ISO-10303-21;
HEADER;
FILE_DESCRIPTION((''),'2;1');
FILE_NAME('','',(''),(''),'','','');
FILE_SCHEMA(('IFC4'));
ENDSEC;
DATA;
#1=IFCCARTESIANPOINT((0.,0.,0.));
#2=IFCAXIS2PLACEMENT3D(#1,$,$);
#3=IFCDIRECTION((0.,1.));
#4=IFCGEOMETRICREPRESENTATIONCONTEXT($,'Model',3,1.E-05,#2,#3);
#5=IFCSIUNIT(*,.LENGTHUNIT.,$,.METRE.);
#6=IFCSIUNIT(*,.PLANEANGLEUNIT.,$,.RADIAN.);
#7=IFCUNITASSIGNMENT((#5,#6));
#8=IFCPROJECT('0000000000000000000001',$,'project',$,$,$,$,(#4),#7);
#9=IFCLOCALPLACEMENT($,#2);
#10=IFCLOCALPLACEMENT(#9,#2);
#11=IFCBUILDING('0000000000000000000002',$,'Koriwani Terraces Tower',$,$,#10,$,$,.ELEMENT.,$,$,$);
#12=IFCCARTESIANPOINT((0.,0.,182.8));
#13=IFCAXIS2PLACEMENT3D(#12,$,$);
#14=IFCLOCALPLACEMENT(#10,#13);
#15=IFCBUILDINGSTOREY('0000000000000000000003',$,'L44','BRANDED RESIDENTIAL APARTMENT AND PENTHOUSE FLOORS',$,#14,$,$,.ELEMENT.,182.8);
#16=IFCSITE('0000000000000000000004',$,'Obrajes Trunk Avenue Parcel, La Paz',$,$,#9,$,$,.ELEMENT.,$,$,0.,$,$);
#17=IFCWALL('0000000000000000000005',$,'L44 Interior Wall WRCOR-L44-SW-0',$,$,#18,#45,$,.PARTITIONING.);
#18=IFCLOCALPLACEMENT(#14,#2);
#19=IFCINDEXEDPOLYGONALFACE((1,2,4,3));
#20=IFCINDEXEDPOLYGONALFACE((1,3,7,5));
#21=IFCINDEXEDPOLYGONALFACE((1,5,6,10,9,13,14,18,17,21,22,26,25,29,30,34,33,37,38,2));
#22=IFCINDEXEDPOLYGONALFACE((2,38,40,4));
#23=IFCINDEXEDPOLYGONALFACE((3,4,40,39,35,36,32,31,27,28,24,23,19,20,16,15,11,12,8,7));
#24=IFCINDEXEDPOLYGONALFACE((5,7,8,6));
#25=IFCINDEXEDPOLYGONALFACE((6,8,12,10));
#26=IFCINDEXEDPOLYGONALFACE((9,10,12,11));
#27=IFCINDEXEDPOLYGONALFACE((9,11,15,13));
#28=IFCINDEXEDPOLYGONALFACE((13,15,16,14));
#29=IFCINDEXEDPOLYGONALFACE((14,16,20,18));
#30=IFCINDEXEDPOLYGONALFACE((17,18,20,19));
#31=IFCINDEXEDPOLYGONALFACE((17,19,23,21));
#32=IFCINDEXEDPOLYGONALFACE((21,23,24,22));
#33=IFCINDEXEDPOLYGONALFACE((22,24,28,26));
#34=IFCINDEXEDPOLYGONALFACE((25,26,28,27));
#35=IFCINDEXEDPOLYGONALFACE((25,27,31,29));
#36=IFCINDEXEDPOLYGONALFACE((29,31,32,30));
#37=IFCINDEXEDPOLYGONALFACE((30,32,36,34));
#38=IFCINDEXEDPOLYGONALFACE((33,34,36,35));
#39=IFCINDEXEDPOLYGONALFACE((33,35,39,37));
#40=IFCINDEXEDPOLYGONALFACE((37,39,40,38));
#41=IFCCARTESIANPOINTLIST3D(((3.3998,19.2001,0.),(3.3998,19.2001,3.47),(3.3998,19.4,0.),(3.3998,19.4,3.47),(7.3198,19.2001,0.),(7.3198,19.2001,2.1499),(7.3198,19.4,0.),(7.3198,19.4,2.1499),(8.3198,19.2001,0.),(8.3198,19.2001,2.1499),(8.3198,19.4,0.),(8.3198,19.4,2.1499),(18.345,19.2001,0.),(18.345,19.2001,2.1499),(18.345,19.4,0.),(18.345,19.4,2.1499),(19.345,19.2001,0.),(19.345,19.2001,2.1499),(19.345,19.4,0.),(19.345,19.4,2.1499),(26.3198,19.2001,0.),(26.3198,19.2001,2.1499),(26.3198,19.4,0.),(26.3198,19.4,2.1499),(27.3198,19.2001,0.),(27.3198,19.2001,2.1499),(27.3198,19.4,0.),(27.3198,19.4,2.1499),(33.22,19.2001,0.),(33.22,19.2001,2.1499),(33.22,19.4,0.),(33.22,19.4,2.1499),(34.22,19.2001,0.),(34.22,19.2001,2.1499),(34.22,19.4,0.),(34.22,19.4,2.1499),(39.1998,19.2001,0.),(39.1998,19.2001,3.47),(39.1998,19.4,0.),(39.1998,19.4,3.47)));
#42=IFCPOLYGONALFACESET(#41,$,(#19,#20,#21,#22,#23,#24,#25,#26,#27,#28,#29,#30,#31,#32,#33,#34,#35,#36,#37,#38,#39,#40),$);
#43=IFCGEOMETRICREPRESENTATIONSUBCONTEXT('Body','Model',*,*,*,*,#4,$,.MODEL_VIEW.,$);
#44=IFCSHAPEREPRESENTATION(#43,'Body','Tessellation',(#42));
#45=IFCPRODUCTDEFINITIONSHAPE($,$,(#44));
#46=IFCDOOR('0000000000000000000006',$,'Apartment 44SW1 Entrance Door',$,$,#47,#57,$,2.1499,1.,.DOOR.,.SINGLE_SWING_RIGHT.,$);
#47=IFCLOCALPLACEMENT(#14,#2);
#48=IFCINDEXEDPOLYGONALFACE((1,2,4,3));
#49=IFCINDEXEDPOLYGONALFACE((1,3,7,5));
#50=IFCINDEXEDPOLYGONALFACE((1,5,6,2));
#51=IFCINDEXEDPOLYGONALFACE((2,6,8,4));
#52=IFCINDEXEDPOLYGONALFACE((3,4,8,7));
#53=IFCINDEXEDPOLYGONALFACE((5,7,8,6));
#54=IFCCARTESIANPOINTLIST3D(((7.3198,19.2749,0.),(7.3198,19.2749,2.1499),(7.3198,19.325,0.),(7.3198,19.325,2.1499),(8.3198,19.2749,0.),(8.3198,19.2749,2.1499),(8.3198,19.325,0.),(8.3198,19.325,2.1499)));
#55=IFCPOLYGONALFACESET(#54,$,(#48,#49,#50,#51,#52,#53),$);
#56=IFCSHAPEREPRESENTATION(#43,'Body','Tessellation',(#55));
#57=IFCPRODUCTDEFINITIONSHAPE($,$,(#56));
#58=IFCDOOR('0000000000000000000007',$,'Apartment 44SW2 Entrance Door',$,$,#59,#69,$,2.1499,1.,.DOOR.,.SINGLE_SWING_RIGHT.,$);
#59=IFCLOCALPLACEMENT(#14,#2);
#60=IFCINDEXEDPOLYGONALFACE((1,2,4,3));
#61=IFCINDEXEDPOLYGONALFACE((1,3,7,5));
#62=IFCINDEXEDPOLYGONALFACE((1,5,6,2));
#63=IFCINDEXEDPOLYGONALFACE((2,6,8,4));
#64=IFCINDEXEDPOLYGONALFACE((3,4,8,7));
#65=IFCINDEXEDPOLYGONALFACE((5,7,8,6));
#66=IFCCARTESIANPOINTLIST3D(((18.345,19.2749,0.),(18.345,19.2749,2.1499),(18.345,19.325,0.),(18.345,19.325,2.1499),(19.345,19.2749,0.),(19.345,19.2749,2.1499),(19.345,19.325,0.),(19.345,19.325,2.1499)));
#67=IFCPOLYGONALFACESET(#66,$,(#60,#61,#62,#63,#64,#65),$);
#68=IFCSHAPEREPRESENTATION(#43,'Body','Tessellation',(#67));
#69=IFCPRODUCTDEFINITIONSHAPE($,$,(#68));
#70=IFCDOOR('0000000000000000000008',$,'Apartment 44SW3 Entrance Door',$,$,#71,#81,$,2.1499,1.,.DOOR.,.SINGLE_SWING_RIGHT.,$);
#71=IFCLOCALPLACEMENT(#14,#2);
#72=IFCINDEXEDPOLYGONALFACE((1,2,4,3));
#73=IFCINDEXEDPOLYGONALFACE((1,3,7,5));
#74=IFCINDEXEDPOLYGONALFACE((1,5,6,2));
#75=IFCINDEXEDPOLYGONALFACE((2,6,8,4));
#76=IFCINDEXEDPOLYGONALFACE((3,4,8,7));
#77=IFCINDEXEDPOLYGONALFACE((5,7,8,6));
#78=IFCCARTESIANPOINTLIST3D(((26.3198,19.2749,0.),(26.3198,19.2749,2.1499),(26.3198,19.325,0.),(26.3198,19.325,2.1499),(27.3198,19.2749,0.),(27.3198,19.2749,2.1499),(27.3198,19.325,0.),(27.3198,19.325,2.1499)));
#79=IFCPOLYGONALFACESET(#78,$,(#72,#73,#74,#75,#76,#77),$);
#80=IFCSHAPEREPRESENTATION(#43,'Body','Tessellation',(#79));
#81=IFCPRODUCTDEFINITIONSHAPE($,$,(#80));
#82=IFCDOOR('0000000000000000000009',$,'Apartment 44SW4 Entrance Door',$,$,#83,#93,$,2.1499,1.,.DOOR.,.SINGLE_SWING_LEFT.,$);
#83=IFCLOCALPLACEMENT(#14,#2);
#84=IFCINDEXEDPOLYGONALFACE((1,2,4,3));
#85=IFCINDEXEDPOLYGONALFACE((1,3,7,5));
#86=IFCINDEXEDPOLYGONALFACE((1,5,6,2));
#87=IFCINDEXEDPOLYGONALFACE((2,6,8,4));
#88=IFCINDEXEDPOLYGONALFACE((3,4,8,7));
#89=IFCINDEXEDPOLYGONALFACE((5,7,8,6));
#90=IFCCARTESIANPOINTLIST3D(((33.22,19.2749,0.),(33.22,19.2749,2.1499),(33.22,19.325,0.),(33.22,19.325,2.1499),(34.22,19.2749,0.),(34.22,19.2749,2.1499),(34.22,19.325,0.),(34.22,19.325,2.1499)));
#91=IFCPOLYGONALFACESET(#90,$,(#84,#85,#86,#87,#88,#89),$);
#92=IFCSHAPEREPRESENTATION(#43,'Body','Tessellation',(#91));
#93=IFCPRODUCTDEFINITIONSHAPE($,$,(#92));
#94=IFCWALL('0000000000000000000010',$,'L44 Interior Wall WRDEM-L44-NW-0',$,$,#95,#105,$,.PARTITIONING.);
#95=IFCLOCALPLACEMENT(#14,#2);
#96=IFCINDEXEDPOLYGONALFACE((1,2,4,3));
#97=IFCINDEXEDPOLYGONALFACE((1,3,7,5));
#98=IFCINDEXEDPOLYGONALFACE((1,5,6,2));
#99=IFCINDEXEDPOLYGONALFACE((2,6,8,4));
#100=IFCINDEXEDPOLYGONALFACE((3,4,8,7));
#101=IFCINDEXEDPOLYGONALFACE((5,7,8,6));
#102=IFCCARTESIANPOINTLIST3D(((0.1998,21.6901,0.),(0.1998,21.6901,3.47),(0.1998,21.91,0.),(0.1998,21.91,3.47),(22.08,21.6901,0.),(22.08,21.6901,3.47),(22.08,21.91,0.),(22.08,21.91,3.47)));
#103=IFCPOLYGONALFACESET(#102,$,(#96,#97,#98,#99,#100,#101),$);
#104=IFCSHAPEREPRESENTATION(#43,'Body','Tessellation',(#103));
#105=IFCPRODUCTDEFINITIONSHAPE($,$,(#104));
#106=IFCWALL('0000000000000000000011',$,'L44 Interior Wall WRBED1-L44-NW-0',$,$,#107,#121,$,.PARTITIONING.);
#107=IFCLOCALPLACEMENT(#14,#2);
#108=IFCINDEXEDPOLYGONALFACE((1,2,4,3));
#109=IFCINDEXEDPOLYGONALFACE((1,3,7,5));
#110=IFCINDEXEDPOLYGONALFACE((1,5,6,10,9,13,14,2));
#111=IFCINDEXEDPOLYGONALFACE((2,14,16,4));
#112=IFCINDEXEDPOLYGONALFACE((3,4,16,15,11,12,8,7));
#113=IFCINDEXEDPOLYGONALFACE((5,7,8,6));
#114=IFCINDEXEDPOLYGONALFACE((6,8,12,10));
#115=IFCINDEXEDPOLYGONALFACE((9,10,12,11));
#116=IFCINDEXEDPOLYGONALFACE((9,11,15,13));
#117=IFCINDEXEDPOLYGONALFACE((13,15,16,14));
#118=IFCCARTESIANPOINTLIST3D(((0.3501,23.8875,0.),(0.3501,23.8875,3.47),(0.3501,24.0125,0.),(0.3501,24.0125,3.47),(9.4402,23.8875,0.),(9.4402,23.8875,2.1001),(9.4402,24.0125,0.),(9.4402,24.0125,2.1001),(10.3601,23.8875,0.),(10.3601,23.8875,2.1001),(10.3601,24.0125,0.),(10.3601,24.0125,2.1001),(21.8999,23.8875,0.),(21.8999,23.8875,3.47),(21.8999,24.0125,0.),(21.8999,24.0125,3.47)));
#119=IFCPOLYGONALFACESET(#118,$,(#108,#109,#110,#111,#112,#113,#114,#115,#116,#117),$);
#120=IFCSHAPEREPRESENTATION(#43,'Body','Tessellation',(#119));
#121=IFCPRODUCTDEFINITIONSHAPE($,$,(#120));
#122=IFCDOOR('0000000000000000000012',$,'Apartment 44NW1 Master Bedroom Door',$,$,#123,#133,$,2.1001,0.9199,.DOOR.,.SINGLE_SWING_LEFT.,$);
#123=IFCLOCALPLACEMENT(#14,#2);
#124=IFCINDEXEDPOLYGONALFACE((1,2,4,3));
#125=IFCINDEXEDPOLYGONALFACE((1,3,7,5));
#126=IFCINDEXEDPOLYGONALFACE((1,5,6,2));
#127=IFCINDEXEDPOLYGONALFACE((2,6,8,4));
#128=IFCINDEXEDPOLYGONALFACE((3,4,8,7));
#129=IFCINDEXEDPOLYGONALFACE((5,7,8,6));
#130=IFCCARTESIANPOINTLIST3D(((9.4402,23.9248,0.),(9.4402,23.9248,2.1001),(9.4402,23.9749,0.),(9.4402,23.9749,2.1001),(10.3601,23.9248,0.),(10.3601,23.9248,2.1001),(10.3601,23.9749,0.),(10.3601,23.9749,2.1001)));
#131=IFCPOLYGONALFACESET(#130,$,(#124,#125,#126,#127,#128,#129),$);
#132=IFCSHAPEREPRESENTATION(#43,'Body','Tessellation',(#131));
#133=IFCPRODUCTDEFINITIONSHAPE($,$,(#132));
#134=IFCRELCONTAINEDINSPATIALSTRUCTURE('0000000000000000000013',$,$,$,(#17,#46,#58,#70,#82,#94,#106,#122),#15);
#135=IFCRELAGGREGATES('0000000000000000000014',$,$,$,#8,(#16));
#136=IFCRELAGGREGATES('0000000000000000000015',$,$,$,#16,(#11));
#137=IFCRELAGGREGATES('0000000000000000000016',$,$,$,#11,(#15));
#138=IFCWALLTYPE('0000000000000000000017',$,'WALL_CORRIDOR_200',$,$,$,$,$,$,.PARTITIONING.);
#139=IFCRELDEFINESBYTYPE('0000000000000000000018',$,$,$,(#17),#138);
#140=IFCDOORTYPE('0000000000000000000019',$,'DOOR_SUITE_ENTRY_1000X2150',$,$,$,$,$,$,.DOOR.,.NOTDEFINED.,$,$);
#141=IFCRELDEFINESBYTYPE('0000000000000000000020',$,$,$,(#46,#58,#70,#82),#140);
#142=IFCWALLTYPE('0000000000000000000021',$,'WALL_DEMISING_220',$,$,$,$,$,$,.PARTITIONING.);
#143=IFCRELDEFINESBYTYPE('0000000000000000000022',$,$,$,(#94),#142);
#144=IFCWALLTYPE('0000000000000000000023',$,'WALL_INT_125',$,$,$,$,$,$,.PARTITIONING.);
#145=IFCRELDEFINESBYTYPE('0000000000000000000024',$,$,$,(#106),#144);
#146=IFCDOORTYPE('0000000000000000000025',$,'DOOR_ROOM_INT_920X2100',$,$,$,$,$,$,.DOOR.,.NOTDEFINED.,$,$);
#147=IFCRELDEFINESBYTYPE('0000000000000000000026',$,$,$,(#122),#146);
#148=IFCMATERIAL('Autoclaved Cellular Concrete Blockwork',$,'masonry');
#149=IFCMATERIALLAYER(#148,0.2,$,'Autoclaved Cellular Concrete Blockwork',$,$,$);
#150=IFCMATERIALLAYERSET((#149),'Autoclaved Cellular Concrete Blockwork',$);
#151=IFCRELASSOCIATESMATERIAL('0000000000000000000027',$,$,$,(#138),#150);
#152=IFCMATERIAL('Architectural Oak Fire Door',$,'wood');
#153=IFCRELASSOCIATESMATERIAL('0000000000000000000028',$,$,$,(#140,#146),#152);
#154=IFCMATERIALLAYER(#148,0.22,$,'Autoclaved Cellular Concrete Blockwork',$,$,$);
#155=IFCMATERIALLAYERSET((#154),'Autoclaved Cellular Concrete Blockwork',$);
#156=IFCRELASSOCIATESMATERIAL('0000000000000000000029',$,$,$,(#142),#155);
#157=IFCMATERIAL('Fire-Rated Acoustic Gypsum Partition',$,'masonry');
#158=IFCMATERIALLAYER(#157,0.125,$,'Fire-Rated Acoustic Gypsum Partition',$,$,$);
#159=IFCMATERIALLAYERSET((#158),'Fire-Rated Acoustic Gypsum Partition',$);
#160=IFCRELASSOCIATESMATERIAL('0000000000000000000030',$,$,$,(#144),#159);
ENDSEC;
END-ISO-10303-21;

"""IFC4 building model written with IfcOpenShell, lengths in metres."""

from ifc_helpers import new_model, si_unit, direction, frame, frame_2d, origin, place, context, subcontext, project, spatial, rectangle, extrude, material, layer, layer_set, type_object, element, fill, save


model = new_model("IFC4")

# Units and contexts
model_context = context("Model", 3, precision=1e-05, world=origin(), true_north=direction((0.0, 1.0)))
body_context = subcontext(model_context, "Body", "Model", "MODEL_VIEW")
ifc_project = project(units=[si_unit("LENGTHUNIT", "METRE"), si_unit("PLANEANGLEUNIT", "RADIAN")], contexts=[model_context])

# Site, building, storey
site_placement = place(None, origin())
site = spatial("IfcSite", under=ifc_project, at=site_placement, Name="Obrajes Trunk Avenue Parcel, La Paz", CompositionType="ELEMENT", RefElevation=0.0)
building_placement = place(site_placement, origin())
building = spatial("IfcBuilding", under=site, at=building_placement, Name="Koriwani Terraces Tower", CompositionType="ELEMENT")
storey_placement = place(building_placement, frame((0.0, 0.0, 182.8)))
storey = spatial("IfcBuildingStorey", under=building, at=storey_placement, Name="L44", Description="BRANDED RESIDENTIAL APARTMENT AND PENTHOUSE FLOORS", CompositionType="ELEMENT", Elevation=182.8)

# Wall, openings, doors
ifc_material_1 = material(Name="Autoclaved Cellular Concrete Blockwork", Category="masonry")
ifc_layer_1 = layer(ifc_material_1, 0.2, Name="Autoclaved Cellular Concrete Blockwork")
ifc_layer_set_1 = layer_set([ifc_layer_1], Name="Autoclaved Cellular Concrete Blockwork")
wall_type_1 = type_object("IfcWallType", Name="WALL_CORRIDOR_200", PredefinedType="PARTITIONING", material=ifc_layer_set_1)
wall_1_placement = place(storey_placement, frame((3.3999, 19.3, 0.0), z_axis=(0.0, 0.0, 1.0), x_axis=(1.0, 0.0, 0.0)))
wall_1 = element("IfcWall", 1, at=wall_1_placement, inside=storey, type_object=wall_type_1, Name="L44 Interior Wall WRCOR-L44-SW-0", PredefinedType="PARTITIONING", context=body_context, shape_type="SweptSolid", body=[
    extrude(rectangle(XDim=35.8, YDim=0.2, at=frame_2d((17.8999, 0.0))), origin(), (0.0, 0.0, 1.0), 3.47),
])
opening_1_placement = place(wall_1_placement, frame((3.9199, 0.0, 0.0)))
opening_1 = element("IfcOpeningElement", 2, at=opening_1_placement, cuts=wall_1, PredefinedType="OPENING", context=body_context, shape_type="SweptSolid", body=[
    extrude(rectangle(XDim=1.0, YDim=2.1499, at=frame_2d((0.5, 1.075))), frame((0.0, 0.1099, 0.0), z_axis=(0.0, -1.0, 0.0), x_axis=(1.0, 0.0, 0.0)), (0.0, 0.0, 1.0), 0.22),
])
opening_2_placement = place(wall_1_placement, frame((14.9451, 0.0, 0.0)))
opening_2 = element("IfcOpeningElement", 3, at=opening_2_placement, cuts=wall_1, PredefinedType="OPENING", context=body_context, shape_type="SweptSolid", body=[
    extrude(rectangle(XDim=1.0, YDim=2.1499, at=frame_2d((0.5, 1.075))), frame((0.0, 0.1099, 0.0), z_axis=(0.0, -1.0, 0.0), x_axis=(1.0, 0.0, 0.0)), (0.0, 0.0, 1.0), 0.22),
])
opening_3_placement = place(wall_1_placement, frame((22.9199, 0.0, 0.0)))
opening_3 = element("IfcOpeningElement", 4, at=opening_3_placement, cuts=wall_1, PredefinedType="OPENING", context=body_context, shape_type="SweptSolid", body=[
    extrude(rectangle(XDim=1.0, YDim=2.1499, at=frame_2d((0.5, 1.075))), frame((0.0, 0.1099, 0.0), z_axis=(0.0, -1.0, 0.0), x_axis=(1.0, 0.0, 0.0)), (0.0, 0.0, 1.0), 0.22),
])
opening_4_placement = place(wall_1_placement, frame((29.8201, 0.0, 0.0)))
opening_4 = element("IfcOpeningElement", 5, at=opening_4_placement, cuts=wall_1, PredefinedType="OPENING", context=body_context, shape_type="SweptSolid", body=[
    extrude(rectangle(XDim=1.0, YDim=2.1499, at=frame_2d((0.5, 1.075))), frame((0.0, 0.1099, 0.0), z_axis=(0.0, -1.0, 0.0), x_axis=(1.0, 0.0, 0.0)), (0.0, 0.0, 1.0), 0.22),
])
ifc_material_2 = material(Name="Architectural Oak Fire Door", Category="wood")
door_type_1 = type_object("IfcDoorType", Name="DOOR_SUITE_ENTRY_1000X2150", OperationType="NOTDEFINED", PredefinedType="DOOR", material=ifc_material_2)
door_1_placement = place(opening_1_placement, origin())
door_1 = element("IfcDoor", 6, at=door_1_placement, inside=storey, type_object=door_type_1, Name="Apartment 44SW1 Entrance Door", OperationType="SINGLE_SWING_RIGHT", OverallHeight=2.1499, OverallWidth=1.0, PredefinedType="DOOR", context=body_context, shape_type="SweptSolid", body=[
    extrude(rectangle(XDim=1.0, YDim=2.1499, at=frame_2d((0.5, 1.075))), frame((0.0, 0.0249, 0.0), z_axis=(0.0, -1.0, 0.0), x_axis=(1.0, 0.0, 0.0)), (0.0, 0.0, 1.0), 0.05),
])
fill(opening_1, door_1)
door_2_placement = place(opening_2_placement, origin())
door_2 = element("IfcDoor", 7, at=door_2_placement, inside=storey, type_object=door_type_1, Name="Apartment 44SW2 Entrance Door", OperationType="SINGLE_SWING_RIGHT", OverallHeight=2.1499, OverallWidth=1.0, PredefinedType="DOOR", context=body_context, shape_type="SweptSolid", body=[
    extrude(rectangle(XDim=1.0, YDim=2.1499, at=frame_2d((0.5, 1.075))), frame((0.0, 0.0249, 0.0), z_axis=(0.0, -1.0, 0.0), x_axis=(1.0, 0.0, 0.0)), (0.0, 0.0, 1.0), 0.05),
])
fill(opening_2, door_2)
door_3_placement = place(opening_3_placement, origin())
door_3 = element("IfcDoor", 8, at=door_3_placement, inside=storey, type_object=door_type_1, Name="Apartment 44SW3 Entrance Door", OperationType="SINGLE_SWING_RIGHT", OverallHeight=2.1499, OverallWidth=1.0, PredefinedType="DOOR", context=body_context, shape_type="SweptSolid", body=[
    extrude(rectangle(XDim=1.0, YDim=2.1499, at=frame_2d((0.5, 1.075))), frame((0.0, 0.0249, 0.0), z_axis=(0.0, -1.0, 0.0), x_axis=(1.0, 0.0, 0.0)), (0.0, 0.0, 1.0), 0.05),
])
fill(opening_3, door_3)
door_4_placement = place(opening_4_placement, origin())
door_4 = element("IfcDoor", 9, at=door_4_placement, inside=storey, type_object=door_type_1, Name="Apartment 44SW4 Entrance Door", OperationType="SINGLE_SWING_LEFT", OverallHeight=2.1499, OverallWidth=1.0, PredefinedType="DOOR", context=body_context, shape_type="SweptSolid", body=[
    extrude(rectangle(XDim=1.0, YDim=2.1499, at=frame_2d((0.5, 1.075))), frame((0.0, 0.0249, 0.0), z_axis=(0.0, -1.0, 0.0), x_axis=(1.0, 0.0, 0.0)), (0.0, 0.0, 1.0), 0.05),
])
fill(opening_4, door_4)

# Wall
ifc_layer_2 = layer(ifc_material_1, 0.22, Name="Autoclaved Cellular Concrete Blockwork")
ifc_layer_set_2 = layer_set([ifc_layer_2], Name="Autoclaved Cellular Concrete Blockwork")
wall_type_2 = type_object("IfcWallType", Name="WALL_DEMISING_220", PredefinedType="PARTITIONING", material=ifc_layer_set_2)
wall_2_placement = place(storey_placement, frame((0.2, 21.8, 0.0), z_axis=(0.0, 0.0, 1.0), x_axis=(1.0, 0.0, 0.0)))
element("IfcWall", 10, at=wall_2_placement, inside=storey, type_object=wall_type_2, Name="L44 Interior Wall WRDEM-L44-NW-0", PredefinedType="PARTITIONING", context=body_context, shape_type="SweptSolid", body=[
    extrude(rectangle(XDim=21.8801, YDim=0.22, at=frame_2d((10.9399, 0.0))), origin(), (0.0, 0.0, 1.0), 3.47),
])

# Wall, opening, door
ifc_material_3 = material(Name="Fire-Rated Acoustic Gypsum Partition", Category="masonry")
ifc_layer_3 = layer(ifc_material_3, 0.125, Name="Fire-Rated Acoustic Gypsum Partition")
ifc_layer_set_3 = layer_set([ifc_layer_3], Name="Fire-Rated Acoustic Gypsum Partition")
wall_type_3 = type_object("IfcWallType", Name="WALL_INT_125", PredefinedType="PARTITIONING", material=ifc_layer_set_3)
wall_3_placement = place(storey_placement, frame((0.3501, 23.95, 0.0), z_axis=(0.0, 0.0, 1.0), x_axis=(1.0, 0.0, 0.0)))
wall_3 = element("IfcWall", 11, at=wall_3_placement, inside=storey, type_object=wall_type_3, Name="L44 Interior Wall WRBED1-L44-NW-0", PredefinedType="PARTITIONING", context=body_context, shape_type="SweptSolid", body=[
    extrude(rectangle(XDim=21.5498, YDim=0.125, at=frame_2d((10.7749, 0.0))), origin(), (0.0, 0.0, 1.0), 3.47),
])
opening_5_placement = place(wall_3_placement, frame((9.0901, 0.0, 0.0)))
opening_5 = element("IfcOpeningElement", 12, at=opening_5_placement, cuts=wall_3, PredefinedType="OPENING", context=body_context, shape_type="SweptSolid", body=[
    extrude(rectangle(XDim=0.9199, YDim=2.1001, at=frame_2d((0.46, 1.05))), frame((0.0, 0.0725, 0.0), z_axis=(0.0, -1.0, 0.0), x_axis=(1.0, 0.0, 0.0)), (0.0, 0.0, 1.0), 0.145),
])
door_type_2 = type_object("IfcDoorType", Name="DOOR_ROOM_INT_920X2100", OperationType="NOTDEFINED", PredefinedType="DOOR", material=ifc_material_2)
door_5_placement = place(opening_5_placement, origin())
door_5 = element("IfcDoor", 13, at=door_5_placement, inside=storey, type_object=door_type_2, Name="Apartment 44NW1 Master Bedroom Door", OperationType="SINGLE_SWING_LEFT", OverallHeight=2.1001, OverallWidth=0.9199, PredefinedType="DOOR", context=body_context, shape_type="SweptSolid", body=[
    extrude(rectangle(XDim=0.9199, YDim=2.1001, at=frame_2d((0.46, 1.05))), frame((0.0, 0.0249, 0.0), z_axis=(0.0, -1.0, 0.0), x_axis=(1.0, 0.0, 0.0)), (0.0, 0.0, 1.0), 0.05),
])
fill(opening_5, door_5)

save(model, "model.ifc")
